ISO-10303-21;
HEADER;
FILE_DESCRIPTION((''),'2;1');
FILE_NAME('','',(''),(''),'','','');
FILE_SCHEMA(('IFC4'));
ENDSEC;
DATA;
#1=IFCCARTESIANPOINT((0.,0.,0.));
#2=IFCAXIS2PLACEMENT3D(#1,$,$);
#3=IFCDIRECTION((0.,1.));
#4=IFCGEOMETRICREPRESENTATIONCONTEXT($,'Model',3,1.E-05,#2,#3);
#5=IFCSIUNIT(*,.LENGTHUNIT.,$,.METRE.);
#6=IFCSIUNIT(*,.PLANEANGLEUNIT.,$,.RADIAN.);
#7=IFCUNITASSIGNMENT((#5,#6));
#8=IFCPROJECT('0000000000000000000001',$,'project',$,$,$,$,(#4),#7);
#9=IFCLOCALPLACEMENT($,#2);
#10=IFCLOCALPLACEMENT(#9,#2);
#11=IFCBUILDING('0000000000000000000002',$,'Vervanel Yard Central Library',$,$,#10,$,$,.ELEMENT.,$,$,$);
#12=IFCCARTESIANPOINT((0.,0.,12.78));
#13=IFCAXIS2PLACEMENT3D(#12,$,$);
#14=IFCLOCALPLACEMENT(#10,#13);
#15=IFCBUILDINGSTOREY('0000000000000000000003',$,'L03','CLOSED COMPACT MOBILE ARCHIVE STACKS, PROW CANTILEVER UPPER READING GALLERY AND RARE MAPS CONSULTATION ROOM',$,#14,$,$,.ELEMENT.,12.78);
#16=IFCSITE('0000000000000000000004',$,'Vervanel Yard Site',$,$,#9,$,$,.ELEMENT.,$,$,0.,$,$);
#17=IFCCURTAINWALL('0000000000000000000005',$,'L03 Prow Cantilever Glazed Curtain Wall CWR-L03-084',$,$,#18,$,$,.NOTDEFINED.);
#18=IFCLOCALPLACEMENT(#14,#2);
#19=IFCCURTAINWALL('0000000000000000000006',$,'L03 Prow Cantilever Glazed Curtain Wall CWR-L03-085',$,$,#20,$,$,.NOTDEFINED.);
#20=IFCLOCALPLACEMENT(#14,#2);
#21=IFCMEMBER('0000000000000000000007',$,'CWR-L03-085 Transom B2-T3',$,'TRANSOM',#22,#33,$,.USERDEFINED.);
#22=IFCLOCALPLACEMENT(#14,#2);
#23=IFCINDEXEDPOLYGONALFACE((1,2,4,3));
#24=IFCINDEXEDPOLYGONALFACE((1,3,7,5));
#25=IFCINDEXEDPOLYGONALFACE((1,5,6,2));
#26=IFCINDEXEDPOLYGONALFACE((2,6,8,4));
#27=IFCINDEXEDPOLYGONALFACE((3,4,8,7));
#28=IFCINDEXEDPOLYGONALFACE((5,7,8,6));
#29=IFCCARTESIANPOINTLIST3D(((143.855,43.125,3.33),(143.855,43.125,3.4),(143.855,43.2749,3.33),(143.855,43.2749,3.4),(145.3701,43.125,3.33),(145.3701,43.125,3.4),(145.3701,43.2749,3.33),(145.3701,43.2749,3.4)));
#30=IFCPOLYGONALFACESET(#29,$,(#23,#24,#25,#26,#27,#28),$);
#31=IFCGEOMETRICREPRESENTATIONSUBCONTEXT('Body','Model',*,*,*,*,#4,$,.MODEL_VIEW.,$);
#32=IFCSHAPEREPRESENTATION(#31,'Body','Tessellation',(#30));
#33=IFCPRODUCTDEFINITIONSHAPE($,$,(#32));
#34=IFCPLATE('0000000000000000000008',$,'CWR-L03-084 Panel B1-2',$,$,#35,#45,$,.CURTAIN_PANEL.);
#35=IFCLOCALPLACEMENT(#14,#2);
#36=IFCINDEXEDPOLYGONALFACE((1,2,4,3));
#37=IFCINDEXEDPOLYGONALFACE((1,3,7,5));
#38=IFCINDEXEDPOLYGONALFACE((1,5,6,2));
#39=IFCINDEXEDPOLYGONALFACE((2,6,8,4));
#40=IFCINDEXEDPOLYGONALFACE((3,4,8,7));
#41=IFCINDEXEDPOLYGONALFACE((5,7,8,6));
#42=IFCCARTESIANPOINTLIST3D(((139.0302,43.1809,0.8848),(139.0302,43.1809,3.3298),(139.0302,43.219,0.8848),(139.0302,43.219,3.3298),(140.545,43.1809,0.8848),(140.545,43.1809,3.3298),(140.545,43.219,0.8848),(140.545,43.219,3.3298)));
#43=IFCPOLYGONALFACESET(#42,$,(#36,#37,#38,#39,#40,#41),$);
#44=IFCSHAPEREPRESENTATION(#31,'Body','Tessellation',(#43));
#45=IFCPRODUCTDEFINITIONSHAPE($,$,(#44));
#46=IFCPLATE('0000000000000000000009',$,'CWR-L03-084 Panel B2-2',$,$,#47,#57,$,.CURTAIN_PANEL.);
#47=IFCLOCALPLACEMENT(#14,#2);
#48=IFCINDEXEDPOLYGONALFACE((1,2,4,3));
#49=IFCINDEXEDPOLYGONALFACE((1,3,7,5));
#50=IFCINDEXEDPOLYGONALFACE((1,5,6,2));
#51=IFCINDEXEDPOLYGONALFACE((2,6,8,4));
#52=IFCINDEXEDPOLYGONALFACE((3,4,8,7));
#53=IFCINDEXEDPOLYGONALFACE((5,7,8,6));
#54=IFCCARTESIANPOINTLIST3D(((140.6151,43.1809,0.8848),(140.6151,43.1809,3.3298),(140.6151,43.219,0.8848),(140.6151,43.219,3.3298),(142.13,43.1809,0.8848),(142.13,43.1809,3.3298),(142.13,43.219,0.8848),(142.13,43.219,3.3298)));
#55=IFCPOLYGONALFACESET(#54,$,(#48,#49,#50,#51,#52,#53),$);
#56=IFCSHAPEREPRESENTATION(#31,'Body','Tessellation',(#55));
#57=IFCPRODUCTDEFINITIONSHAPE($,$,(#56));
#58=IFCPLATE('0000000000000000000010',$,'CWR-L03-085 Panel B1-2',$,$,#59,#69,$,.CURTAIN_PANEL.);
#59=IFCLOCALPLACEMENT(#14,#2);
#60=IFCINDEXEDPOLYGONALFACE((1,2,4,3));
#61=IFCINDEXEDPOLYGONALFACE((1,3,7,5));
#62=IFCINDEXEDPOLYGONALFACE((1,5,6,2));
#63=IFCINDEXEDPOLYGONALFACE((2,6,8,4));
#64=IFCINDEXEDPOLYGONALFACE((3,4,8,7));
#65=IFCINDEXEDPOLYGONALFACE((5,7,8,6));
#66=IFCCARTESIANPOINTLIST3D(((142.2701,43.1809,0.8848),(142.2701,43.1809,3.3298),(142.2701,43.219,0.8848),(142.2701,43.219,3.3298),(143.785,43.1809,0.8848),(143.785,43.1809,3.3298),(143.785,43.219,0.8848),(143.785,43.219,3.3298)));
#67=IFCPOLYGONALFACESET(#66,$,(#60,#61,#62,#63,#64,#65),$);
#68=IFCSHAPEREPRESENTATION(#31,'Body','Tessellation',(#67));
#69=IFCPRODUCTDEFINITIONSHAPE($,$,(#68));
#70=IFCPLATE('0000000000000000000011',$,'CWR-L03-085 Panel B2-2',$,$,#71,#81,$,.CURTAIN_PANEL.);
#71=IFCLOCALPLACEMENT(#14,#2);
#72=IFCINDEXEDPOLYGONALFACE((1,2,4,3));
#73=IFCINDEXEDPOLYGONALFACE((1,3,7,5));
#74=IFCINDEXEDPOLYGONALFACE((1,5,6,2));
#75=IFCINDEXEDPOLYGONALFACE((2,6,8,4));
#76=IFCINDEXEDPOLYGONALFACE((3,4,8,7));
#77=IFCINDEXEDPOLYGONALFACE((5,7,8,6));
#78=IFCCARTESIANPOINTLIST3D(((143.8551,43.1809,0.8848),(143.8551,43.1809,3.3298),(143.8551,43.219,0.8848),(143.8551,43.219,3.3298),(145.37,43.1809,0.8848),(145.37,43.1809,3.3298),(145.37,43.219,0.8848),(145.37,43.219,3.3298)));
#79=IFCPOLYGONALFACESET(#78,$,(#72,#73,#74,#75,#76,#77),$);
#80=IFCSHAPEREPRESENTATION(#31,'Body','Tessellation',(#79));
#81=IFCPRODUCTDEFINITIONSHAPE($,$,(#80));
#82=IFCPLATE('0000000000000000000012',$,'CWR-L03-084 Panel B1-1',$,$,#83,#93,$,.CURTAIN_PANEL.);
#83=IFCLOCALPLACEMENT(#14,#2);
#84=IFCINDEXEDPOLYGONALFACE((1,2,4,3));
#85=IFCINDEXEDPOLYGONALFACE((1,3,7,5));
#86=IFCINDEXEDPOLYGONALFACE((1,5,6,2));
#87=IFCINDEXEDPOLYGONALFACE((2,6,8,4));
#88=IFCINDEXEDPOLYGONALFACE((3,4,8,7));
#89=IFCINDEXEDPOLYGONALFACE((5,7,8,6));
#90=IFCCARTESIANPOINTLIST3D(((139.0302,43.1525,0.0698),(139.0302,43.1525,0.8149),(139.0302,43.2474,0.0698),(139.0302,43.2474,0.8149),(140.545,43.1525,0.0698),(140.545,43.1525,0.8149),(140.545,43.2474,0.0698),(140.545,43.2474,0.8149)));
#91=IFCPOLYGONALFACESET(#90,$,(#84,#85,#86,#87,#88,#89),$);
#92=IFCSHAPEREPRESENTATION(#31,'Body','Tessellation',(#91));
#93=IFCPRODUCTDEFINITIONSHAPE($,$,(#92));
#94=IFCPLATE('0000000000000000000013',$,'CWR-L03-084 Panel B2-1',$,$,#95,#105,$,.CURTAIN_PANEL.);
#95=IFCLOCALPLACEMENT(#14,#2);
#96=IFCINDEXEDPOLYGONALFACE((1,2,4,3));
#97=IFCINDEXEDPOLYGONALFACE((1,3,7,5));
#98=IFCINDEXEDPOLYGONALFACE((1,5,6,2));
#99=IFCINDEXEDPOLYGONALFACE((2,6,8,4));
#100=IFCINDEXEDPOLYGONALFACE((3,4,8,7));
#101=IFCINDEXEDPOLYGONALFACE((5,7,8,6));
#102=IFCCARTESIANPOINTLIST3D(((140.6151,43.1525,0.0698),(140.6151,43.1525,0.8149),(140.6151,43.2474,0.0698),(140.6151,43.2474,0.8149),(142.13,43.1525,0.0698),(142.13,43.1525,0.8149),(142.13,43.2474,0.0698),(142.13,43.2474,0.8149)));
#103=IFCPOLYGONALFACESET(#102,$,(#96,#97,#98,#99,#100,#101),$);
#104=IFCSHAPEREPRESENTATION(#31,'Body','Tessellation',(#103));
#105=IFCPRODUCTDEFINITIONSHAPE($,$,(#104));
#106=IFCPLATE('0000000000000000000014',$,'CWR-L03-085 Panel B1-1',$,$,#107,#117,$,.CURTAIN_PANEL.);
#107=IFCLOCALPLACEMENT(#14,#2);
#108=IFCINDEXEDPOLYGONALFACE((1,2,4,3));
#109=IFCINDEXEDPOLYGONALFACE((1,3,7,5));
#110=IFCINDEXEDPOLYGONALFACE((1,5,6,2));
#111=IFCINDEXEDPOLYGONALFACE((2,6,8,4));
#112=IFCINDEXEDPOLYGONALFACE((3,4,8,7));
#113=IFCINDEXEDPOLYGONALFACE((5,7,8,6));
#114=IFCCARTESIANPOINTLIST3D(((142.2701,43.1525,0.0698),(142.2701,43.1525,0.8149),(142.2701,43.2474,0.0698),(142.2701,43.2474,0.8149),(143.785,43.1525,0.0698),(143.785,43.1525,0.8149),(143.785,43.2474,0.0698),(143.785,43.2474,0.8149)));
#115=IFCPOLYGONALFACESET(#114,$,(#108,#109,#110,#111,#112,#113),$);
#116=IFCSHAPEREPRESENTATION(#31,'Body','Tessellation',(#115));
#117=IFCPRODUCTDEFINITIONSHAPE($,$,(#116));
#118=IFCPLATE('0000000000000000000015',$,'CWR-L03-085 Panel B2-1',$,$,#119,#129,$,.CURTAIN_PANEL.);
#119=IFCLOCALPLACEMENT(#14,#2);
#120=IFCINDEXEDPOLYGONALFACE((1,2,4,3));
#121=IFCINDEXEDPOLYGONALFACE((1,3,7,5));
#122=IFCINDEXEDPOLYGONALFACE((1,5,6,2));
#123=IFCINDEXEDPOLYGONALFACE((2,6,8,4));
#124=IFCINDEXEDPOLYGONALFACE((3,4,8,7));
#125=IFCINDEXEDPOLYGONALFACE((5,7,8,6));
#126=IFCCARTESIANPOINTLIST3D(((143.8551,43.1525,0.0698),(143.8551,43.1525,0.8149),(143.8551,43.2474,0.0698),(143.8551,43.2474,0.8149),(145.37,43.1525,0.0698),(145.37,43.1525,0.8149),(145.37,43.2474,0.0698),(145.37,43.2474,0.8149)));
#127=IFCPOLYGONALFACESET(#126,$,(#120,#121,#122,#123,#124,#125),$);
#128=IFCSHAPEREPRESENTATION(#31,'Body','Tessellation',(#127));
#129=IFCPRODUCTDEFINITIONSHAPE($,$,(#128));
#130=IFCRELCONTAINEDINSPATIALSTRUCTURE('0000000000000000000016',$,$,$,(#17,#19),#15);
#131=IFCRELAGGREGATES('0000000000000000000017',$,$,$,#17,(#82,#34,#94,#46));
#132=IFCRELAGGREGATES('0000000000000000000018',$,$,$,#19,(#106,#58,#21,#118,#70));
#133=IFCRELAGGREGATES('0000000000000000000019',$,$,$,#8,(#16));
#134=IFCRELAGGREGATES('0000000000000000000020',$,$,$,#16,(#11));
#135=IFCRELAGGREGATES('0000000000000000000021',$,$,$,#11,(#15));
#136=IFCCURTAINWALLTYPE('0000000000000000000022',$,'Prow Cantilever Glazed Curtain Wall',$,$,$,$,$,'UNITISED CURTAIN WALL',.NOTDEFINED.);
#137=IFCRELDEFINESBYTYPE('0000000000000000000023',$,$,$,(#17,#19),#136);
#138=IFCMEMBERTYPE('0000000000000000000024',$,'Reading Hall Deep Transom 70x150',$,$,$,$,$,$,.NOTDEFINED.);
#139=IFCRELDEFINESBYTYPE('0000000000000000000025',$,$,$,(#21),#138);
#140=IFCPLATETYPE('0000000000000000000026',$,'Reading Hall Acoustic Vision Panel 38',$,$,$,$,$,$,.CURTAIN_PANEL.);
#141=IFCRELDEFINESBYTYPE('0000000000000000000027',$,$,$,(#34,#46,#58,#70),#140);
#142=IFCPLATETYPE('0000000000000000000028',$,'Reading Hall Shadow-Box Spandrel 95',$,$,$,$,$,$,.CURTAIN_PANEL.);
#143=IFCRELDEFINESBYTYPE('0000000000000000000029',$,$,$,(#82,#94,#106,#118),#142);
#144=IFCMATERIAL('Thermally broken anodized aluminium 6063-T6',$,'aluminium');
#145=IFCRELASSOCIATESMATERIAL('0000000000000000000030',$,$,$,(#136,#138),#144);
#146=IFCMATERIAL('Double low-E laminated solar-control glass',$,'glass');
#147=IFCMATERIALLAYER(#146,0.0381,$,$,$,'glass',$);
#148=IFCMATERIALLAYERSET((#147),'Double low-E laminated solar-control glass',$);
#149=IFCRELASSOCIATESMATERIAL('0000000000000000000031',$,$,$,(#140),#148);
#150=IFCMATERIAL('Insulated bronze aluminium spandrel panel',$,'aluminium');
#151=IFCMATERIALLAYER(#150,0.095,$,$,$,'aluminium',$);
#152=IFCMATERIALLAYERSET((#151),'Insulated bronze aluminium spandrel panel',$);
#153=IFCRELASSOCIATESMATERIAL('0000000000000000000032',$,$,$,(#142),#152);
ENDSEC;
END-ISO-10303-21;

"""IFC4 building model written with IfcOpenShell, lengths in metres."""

from ifc_helpers import new_model, si_unit, direction, frame, origin, origin_2d, place, context, subcontext, project, spatial, rectangle, extrude, material, layer, layer_set, material_profile, profile_set, type_object, element, aggregate, save


model = new_model("IFC4")

# Units and contexts
model_context = context("Model", 3, precision=1e-05, world=origin(), true_north=direction((0.0, 1.0)))
body_context = subcontext(model_context, "Body", "Model", "MODEL_VIEW")
ifc_project = project(units=[si_unit("LENGTHUNIT", "METRE"), si_unit("PLANEANGLEUNIT", "RADIAN")], contexts=[model_context])

# Site, building, storey
site_placement = place(None, origin())
site = spatial("IfcSite", under=ifc_project, at=site_placement, Name="Vervanel Yard Site", CompositionType="ELEMENT", RefElevation=0.0)
building_placement = place(site_placement, origin())
building = spatial("IfcBuilding", under=site, at=building_placement, Name="Vervanel Yard Central Library", CompositionType="ELEMENT")
storey_placement = place(building_placement, frame((0.0, 0.0, 12.78)))
storey = spatial("IfcBuildingStorey", under=building, at=storey_placement, Name="L03", Description="CLOSED COMPACT MOBILE ARCHIVE STACKS, PROW CANTILEVER UPPER READING GALLERY AND RARE MAPS CONSULTATION ROOM", CompositionType="ELEMENT", Elevation=12.78)

# Curtain walls
ifc_material_1 = material(Name="Thermally broken anodized aluminium 6063-T6", Category="aluminium")
curtain_wall_type = type_object("IfcCurtainWallType", Name="Prow Cantilever Glazed Curtain Wall", ElementType="UNITISED CURTAIN WALL", PredefinedType="NOTDEFINED", material=ifc_material_1)
curtain_wall_1_placement = place(storey_placement, origin())
curtain_wall_1 = element("IfcCurtainWall", 1, at=curtain_wall_1_placement, inside=storey, type_object=curtain_wall_type, Name="L03 Prow Cantilever Glazed Curtain Wall CWR-L03-084", PredefinedType="NOTDEFINED")
curtain_wall_2_placement = place(storey_placement, origin())
curtain_wall_2 = element("IfcCurtainWall", 2, at=curtain_wall_2_placement, inside=storey, type_object=curtain_wall_type, Name="L03 Prow Cantilever Glazed Curtain Wall CWR-L03-085", PredefinedType="NOTDEFINED")

# Member
ifc_material_profile_1 = material_profile(ifc_material_1, rectangle(XDim=0.0701, YDim=0.1499, at=origin_2d()), Name="ALU 70x150", Category="aluminium")
ifc_profile_set_1 = profile_set([ifc_material_profile_1], Name="Thermally broken anodized aluminium 6063-T6")
member_type_1 = type_object("IfcMemberType", Name="Reading Hall Deep Transom 70x150", PredefinedType="NOTDEFINED", material=ifc_profile_set_1)
member_1_placement = place(storey_placement, frame((143.855, 43.2, 3.365), z_axis=(1.0, 0.0, 0.0), x_axis=(0.0, 0.0, 1.0)))
member_1 = element("IfcMember", 3, at=member_1_placement, type_object=member_type_1, Name="CWR-L03-085 Transom B2-T3", ObjectType="TRANSOM", PredefinedType="USERDEFINED", context=body_context, shape_type="SweptSolid", body=[
    extrude(rectangle(XDim=0.0701, YDim=0.1499, at=origin_2d()), origin(), (0.0, 0.0, 1.0), 1.5151),
])

# Plates
ifc_material_2 = material(Name="Double low-E laminated solar-control glass", Category="glass")
ifc_layer_1 = layer(ifc_material_2, 0.0381, Category="glass")
ifc_layer_set_1 = layer_set([ifc_layer_1], Name="Double low-E laminated solar-control glass")
plate_type_1 = type_object("IfcPlateType", Name="Reading Hall Acoustic Vision Panel 38", PredefinedType="CURTAIN_PANEL", material=ifc_layer_set_1)
plate_1_placement = place(storey_placement, frame((139.7876, 43.2, 0.8848), z_axis=(0.0, 0.0, 1.0), x_axis=(1.0, 0.0, 0.0)))
plate_1 = element("IfcPlate", 4, at=plate_1_placement, type_object=plate_type_1, Name="CWR-L03-084 Panel B1-2", PredefinedType="CURTAIN_PANEL", context=body_context, shape_type="SweptSolid", body=[
    extrude(rectangle(XDim=1.5149, YDim=0.0381, at=origin_2d()), origin(), (0.0, 0.0, 1.0), 2.4451),
])
plate_2_placement = place(storey_placement, frame((141.3726, 43.2, 0.8848), z_axis=(0.0, 0.0, 1.0), x_axis=(1.0, 0.0, 0.0)))
plate_2 = element("IfcPlate", 5, at=plate_2_placement, type_object=plate_type_1, Name="CWR-L03-084 Panel B2-2", PredefinedType="CURTAIN_PANEL", context=body_context, shape_type="SweptSolid", body=[
    extrude(rectangle(XDim=1.5149, YDim=0.0381, at=origin_2d()), origin(), (0.0, 0.0, 1.0), 2.4451),
])
plate_3_placement = place(storey_placement, frame((143.0276, 43.2, 0.8848), z_axis=(0.0, 0.0, 1.0), x_axis=(1.0, 0.0, 0.0)))
plate_3 = element("IfcPlate", 6, at=plate_3_placement, type_object=plate_type_1, Name="CWR-L03-085 Panel B1-2", PredefinedType="CURTAIN_PANEL", context=body_context, shape_type="SweptSolid", body=[
    extrude(rectangle(XDim=1.5149, YDim=0.0381, at=origin_2d()), origin(), (0.0, 0.0, 1.0), 2.4451),
])
plate_4_placement = place(storey_placement, frame((144.6125, 43.2, 0.8848), z_axis=(0.0, 0.0, 1.0), x_axis=(1.0, 0.0, 0.0)))
plate_4 = element("IfcPlate", 7, at=plate_4_placement, type_object=plate_type_1, Name="CWR-L03-085 Panel B2-2", PredefinedType="CURTAIN_PANEL", context=body_context, shape_type="SweptSolid", body=[
    extrude(rectangle(XDim=1.5149, YDim=0.0381, at=origin_2d()), origin(), (0.0, 0.0, 1.0), 2.4451),
])
ifc_material_3 = material(Name="Insulated bronze aluminium spandrel panel", Category="aluminium")
ifc_layer_2 = layer(ifc_material_3, 0.095, Category="aluminium")
ifc_layer_set_2 = layer_set([ifc_layer_2], Name="Insulated bronze aluminium spandrel panel")
plate_type_2 = type_object("IfcPlateType", Name="Reading Hall Shadow-Box Spandrel 95", PredefinedType="CURTAIN_PANEL", material=ifc_layer_set_2)
plate_5_placement = place(storey_placement, frame((139.7876, 43.2, 0.0698), z_axis=(0.0, 0.0, 1.0), x_axis=(1.0, 0.0, 0.0)))
plate_5 = element("IfcPlate", 8, at=plate_5_placement, type_object=plate_type_2, Name="CWR-L03-084 Panel B1-1", PredefinedType="CURTAIN_PANEL", context=body_context, shape_type="SweptSolid", body=[
    extrude(rectangle(XDim=1.5149, YDim=0.095, at=origin_2d()), origin(), (0.0, 0.0, 1.0), 0.7451),
])
plate_6_placement = place(storey_placement, frame((141.3726, 43.2, 0.0698), z_axis=(0.0, 0.0, 1.0), x_axis=(1.0, 0.0, 0.0)))
plate_6 = element("IfcPlate", 9, at=plate_6_placement, type_object=plate_type_2, Name="CWR-L03-084 Panel B2-1", PredefinedType="CURTAIN_PANEL", context=body_context, shape_type="SweptSolid", body=[
    extrude(rectangle(XDim=1.5149, YDim=0.095, at=origin_2d()), origin(), (0.0, 0.0, 1.0), 0.7451),
])
aggregate(curtain_wall_1, [plate_5, plate_1, plate_6, plate_2])
plate_7_placement = place(storey_placement, frame((143.0276, 43.2, 0.0698), z_axis=(0.0, 0.0, 1.0), x_axis=(1.0, 0.0, 0.0)))
plate_7 = element("IfcPlate", 10, at=plate_7_placement, type_object=plate_type_2, Name="CWR-L03-085 Panel B1-1", PredefinedType="CURTAIN_PANEL", context=body_context, shape_type="SweptSolid", body=[
    extrude(rectangle(XDim=1.5149, YDim=0.095, at=origin_2d()), origin(), (0.0, 0.0, 1.0), 0.7451),
])
plate_8_placement = place(storey_placement, frame((144.6125, 43.2, 0.0698), z_axis=(0.0, 0.0, 1.0), x_axis=(1.0, 0.0, 0.0)))
plate_8 = element("IfcPlate", 11, at=plate_8_placement, type_object=plate_type_2, Name="CWR-L03-085 Panel B2-1", PredefinedType="CURTAIN_PANEL", context=body_context, shape_type="SweptSolid", body=[
    extrude(rectangle(XDim=1.5149, YDim=0.095, at=origin_2d()), origin(), (0.0, 0.0, 1.0), 0.7451),
])
aggregate(curtain_wall_2, [plate_7, plate_3, member_1, plate_8, plate_4])

save(model, "model.ifc")
